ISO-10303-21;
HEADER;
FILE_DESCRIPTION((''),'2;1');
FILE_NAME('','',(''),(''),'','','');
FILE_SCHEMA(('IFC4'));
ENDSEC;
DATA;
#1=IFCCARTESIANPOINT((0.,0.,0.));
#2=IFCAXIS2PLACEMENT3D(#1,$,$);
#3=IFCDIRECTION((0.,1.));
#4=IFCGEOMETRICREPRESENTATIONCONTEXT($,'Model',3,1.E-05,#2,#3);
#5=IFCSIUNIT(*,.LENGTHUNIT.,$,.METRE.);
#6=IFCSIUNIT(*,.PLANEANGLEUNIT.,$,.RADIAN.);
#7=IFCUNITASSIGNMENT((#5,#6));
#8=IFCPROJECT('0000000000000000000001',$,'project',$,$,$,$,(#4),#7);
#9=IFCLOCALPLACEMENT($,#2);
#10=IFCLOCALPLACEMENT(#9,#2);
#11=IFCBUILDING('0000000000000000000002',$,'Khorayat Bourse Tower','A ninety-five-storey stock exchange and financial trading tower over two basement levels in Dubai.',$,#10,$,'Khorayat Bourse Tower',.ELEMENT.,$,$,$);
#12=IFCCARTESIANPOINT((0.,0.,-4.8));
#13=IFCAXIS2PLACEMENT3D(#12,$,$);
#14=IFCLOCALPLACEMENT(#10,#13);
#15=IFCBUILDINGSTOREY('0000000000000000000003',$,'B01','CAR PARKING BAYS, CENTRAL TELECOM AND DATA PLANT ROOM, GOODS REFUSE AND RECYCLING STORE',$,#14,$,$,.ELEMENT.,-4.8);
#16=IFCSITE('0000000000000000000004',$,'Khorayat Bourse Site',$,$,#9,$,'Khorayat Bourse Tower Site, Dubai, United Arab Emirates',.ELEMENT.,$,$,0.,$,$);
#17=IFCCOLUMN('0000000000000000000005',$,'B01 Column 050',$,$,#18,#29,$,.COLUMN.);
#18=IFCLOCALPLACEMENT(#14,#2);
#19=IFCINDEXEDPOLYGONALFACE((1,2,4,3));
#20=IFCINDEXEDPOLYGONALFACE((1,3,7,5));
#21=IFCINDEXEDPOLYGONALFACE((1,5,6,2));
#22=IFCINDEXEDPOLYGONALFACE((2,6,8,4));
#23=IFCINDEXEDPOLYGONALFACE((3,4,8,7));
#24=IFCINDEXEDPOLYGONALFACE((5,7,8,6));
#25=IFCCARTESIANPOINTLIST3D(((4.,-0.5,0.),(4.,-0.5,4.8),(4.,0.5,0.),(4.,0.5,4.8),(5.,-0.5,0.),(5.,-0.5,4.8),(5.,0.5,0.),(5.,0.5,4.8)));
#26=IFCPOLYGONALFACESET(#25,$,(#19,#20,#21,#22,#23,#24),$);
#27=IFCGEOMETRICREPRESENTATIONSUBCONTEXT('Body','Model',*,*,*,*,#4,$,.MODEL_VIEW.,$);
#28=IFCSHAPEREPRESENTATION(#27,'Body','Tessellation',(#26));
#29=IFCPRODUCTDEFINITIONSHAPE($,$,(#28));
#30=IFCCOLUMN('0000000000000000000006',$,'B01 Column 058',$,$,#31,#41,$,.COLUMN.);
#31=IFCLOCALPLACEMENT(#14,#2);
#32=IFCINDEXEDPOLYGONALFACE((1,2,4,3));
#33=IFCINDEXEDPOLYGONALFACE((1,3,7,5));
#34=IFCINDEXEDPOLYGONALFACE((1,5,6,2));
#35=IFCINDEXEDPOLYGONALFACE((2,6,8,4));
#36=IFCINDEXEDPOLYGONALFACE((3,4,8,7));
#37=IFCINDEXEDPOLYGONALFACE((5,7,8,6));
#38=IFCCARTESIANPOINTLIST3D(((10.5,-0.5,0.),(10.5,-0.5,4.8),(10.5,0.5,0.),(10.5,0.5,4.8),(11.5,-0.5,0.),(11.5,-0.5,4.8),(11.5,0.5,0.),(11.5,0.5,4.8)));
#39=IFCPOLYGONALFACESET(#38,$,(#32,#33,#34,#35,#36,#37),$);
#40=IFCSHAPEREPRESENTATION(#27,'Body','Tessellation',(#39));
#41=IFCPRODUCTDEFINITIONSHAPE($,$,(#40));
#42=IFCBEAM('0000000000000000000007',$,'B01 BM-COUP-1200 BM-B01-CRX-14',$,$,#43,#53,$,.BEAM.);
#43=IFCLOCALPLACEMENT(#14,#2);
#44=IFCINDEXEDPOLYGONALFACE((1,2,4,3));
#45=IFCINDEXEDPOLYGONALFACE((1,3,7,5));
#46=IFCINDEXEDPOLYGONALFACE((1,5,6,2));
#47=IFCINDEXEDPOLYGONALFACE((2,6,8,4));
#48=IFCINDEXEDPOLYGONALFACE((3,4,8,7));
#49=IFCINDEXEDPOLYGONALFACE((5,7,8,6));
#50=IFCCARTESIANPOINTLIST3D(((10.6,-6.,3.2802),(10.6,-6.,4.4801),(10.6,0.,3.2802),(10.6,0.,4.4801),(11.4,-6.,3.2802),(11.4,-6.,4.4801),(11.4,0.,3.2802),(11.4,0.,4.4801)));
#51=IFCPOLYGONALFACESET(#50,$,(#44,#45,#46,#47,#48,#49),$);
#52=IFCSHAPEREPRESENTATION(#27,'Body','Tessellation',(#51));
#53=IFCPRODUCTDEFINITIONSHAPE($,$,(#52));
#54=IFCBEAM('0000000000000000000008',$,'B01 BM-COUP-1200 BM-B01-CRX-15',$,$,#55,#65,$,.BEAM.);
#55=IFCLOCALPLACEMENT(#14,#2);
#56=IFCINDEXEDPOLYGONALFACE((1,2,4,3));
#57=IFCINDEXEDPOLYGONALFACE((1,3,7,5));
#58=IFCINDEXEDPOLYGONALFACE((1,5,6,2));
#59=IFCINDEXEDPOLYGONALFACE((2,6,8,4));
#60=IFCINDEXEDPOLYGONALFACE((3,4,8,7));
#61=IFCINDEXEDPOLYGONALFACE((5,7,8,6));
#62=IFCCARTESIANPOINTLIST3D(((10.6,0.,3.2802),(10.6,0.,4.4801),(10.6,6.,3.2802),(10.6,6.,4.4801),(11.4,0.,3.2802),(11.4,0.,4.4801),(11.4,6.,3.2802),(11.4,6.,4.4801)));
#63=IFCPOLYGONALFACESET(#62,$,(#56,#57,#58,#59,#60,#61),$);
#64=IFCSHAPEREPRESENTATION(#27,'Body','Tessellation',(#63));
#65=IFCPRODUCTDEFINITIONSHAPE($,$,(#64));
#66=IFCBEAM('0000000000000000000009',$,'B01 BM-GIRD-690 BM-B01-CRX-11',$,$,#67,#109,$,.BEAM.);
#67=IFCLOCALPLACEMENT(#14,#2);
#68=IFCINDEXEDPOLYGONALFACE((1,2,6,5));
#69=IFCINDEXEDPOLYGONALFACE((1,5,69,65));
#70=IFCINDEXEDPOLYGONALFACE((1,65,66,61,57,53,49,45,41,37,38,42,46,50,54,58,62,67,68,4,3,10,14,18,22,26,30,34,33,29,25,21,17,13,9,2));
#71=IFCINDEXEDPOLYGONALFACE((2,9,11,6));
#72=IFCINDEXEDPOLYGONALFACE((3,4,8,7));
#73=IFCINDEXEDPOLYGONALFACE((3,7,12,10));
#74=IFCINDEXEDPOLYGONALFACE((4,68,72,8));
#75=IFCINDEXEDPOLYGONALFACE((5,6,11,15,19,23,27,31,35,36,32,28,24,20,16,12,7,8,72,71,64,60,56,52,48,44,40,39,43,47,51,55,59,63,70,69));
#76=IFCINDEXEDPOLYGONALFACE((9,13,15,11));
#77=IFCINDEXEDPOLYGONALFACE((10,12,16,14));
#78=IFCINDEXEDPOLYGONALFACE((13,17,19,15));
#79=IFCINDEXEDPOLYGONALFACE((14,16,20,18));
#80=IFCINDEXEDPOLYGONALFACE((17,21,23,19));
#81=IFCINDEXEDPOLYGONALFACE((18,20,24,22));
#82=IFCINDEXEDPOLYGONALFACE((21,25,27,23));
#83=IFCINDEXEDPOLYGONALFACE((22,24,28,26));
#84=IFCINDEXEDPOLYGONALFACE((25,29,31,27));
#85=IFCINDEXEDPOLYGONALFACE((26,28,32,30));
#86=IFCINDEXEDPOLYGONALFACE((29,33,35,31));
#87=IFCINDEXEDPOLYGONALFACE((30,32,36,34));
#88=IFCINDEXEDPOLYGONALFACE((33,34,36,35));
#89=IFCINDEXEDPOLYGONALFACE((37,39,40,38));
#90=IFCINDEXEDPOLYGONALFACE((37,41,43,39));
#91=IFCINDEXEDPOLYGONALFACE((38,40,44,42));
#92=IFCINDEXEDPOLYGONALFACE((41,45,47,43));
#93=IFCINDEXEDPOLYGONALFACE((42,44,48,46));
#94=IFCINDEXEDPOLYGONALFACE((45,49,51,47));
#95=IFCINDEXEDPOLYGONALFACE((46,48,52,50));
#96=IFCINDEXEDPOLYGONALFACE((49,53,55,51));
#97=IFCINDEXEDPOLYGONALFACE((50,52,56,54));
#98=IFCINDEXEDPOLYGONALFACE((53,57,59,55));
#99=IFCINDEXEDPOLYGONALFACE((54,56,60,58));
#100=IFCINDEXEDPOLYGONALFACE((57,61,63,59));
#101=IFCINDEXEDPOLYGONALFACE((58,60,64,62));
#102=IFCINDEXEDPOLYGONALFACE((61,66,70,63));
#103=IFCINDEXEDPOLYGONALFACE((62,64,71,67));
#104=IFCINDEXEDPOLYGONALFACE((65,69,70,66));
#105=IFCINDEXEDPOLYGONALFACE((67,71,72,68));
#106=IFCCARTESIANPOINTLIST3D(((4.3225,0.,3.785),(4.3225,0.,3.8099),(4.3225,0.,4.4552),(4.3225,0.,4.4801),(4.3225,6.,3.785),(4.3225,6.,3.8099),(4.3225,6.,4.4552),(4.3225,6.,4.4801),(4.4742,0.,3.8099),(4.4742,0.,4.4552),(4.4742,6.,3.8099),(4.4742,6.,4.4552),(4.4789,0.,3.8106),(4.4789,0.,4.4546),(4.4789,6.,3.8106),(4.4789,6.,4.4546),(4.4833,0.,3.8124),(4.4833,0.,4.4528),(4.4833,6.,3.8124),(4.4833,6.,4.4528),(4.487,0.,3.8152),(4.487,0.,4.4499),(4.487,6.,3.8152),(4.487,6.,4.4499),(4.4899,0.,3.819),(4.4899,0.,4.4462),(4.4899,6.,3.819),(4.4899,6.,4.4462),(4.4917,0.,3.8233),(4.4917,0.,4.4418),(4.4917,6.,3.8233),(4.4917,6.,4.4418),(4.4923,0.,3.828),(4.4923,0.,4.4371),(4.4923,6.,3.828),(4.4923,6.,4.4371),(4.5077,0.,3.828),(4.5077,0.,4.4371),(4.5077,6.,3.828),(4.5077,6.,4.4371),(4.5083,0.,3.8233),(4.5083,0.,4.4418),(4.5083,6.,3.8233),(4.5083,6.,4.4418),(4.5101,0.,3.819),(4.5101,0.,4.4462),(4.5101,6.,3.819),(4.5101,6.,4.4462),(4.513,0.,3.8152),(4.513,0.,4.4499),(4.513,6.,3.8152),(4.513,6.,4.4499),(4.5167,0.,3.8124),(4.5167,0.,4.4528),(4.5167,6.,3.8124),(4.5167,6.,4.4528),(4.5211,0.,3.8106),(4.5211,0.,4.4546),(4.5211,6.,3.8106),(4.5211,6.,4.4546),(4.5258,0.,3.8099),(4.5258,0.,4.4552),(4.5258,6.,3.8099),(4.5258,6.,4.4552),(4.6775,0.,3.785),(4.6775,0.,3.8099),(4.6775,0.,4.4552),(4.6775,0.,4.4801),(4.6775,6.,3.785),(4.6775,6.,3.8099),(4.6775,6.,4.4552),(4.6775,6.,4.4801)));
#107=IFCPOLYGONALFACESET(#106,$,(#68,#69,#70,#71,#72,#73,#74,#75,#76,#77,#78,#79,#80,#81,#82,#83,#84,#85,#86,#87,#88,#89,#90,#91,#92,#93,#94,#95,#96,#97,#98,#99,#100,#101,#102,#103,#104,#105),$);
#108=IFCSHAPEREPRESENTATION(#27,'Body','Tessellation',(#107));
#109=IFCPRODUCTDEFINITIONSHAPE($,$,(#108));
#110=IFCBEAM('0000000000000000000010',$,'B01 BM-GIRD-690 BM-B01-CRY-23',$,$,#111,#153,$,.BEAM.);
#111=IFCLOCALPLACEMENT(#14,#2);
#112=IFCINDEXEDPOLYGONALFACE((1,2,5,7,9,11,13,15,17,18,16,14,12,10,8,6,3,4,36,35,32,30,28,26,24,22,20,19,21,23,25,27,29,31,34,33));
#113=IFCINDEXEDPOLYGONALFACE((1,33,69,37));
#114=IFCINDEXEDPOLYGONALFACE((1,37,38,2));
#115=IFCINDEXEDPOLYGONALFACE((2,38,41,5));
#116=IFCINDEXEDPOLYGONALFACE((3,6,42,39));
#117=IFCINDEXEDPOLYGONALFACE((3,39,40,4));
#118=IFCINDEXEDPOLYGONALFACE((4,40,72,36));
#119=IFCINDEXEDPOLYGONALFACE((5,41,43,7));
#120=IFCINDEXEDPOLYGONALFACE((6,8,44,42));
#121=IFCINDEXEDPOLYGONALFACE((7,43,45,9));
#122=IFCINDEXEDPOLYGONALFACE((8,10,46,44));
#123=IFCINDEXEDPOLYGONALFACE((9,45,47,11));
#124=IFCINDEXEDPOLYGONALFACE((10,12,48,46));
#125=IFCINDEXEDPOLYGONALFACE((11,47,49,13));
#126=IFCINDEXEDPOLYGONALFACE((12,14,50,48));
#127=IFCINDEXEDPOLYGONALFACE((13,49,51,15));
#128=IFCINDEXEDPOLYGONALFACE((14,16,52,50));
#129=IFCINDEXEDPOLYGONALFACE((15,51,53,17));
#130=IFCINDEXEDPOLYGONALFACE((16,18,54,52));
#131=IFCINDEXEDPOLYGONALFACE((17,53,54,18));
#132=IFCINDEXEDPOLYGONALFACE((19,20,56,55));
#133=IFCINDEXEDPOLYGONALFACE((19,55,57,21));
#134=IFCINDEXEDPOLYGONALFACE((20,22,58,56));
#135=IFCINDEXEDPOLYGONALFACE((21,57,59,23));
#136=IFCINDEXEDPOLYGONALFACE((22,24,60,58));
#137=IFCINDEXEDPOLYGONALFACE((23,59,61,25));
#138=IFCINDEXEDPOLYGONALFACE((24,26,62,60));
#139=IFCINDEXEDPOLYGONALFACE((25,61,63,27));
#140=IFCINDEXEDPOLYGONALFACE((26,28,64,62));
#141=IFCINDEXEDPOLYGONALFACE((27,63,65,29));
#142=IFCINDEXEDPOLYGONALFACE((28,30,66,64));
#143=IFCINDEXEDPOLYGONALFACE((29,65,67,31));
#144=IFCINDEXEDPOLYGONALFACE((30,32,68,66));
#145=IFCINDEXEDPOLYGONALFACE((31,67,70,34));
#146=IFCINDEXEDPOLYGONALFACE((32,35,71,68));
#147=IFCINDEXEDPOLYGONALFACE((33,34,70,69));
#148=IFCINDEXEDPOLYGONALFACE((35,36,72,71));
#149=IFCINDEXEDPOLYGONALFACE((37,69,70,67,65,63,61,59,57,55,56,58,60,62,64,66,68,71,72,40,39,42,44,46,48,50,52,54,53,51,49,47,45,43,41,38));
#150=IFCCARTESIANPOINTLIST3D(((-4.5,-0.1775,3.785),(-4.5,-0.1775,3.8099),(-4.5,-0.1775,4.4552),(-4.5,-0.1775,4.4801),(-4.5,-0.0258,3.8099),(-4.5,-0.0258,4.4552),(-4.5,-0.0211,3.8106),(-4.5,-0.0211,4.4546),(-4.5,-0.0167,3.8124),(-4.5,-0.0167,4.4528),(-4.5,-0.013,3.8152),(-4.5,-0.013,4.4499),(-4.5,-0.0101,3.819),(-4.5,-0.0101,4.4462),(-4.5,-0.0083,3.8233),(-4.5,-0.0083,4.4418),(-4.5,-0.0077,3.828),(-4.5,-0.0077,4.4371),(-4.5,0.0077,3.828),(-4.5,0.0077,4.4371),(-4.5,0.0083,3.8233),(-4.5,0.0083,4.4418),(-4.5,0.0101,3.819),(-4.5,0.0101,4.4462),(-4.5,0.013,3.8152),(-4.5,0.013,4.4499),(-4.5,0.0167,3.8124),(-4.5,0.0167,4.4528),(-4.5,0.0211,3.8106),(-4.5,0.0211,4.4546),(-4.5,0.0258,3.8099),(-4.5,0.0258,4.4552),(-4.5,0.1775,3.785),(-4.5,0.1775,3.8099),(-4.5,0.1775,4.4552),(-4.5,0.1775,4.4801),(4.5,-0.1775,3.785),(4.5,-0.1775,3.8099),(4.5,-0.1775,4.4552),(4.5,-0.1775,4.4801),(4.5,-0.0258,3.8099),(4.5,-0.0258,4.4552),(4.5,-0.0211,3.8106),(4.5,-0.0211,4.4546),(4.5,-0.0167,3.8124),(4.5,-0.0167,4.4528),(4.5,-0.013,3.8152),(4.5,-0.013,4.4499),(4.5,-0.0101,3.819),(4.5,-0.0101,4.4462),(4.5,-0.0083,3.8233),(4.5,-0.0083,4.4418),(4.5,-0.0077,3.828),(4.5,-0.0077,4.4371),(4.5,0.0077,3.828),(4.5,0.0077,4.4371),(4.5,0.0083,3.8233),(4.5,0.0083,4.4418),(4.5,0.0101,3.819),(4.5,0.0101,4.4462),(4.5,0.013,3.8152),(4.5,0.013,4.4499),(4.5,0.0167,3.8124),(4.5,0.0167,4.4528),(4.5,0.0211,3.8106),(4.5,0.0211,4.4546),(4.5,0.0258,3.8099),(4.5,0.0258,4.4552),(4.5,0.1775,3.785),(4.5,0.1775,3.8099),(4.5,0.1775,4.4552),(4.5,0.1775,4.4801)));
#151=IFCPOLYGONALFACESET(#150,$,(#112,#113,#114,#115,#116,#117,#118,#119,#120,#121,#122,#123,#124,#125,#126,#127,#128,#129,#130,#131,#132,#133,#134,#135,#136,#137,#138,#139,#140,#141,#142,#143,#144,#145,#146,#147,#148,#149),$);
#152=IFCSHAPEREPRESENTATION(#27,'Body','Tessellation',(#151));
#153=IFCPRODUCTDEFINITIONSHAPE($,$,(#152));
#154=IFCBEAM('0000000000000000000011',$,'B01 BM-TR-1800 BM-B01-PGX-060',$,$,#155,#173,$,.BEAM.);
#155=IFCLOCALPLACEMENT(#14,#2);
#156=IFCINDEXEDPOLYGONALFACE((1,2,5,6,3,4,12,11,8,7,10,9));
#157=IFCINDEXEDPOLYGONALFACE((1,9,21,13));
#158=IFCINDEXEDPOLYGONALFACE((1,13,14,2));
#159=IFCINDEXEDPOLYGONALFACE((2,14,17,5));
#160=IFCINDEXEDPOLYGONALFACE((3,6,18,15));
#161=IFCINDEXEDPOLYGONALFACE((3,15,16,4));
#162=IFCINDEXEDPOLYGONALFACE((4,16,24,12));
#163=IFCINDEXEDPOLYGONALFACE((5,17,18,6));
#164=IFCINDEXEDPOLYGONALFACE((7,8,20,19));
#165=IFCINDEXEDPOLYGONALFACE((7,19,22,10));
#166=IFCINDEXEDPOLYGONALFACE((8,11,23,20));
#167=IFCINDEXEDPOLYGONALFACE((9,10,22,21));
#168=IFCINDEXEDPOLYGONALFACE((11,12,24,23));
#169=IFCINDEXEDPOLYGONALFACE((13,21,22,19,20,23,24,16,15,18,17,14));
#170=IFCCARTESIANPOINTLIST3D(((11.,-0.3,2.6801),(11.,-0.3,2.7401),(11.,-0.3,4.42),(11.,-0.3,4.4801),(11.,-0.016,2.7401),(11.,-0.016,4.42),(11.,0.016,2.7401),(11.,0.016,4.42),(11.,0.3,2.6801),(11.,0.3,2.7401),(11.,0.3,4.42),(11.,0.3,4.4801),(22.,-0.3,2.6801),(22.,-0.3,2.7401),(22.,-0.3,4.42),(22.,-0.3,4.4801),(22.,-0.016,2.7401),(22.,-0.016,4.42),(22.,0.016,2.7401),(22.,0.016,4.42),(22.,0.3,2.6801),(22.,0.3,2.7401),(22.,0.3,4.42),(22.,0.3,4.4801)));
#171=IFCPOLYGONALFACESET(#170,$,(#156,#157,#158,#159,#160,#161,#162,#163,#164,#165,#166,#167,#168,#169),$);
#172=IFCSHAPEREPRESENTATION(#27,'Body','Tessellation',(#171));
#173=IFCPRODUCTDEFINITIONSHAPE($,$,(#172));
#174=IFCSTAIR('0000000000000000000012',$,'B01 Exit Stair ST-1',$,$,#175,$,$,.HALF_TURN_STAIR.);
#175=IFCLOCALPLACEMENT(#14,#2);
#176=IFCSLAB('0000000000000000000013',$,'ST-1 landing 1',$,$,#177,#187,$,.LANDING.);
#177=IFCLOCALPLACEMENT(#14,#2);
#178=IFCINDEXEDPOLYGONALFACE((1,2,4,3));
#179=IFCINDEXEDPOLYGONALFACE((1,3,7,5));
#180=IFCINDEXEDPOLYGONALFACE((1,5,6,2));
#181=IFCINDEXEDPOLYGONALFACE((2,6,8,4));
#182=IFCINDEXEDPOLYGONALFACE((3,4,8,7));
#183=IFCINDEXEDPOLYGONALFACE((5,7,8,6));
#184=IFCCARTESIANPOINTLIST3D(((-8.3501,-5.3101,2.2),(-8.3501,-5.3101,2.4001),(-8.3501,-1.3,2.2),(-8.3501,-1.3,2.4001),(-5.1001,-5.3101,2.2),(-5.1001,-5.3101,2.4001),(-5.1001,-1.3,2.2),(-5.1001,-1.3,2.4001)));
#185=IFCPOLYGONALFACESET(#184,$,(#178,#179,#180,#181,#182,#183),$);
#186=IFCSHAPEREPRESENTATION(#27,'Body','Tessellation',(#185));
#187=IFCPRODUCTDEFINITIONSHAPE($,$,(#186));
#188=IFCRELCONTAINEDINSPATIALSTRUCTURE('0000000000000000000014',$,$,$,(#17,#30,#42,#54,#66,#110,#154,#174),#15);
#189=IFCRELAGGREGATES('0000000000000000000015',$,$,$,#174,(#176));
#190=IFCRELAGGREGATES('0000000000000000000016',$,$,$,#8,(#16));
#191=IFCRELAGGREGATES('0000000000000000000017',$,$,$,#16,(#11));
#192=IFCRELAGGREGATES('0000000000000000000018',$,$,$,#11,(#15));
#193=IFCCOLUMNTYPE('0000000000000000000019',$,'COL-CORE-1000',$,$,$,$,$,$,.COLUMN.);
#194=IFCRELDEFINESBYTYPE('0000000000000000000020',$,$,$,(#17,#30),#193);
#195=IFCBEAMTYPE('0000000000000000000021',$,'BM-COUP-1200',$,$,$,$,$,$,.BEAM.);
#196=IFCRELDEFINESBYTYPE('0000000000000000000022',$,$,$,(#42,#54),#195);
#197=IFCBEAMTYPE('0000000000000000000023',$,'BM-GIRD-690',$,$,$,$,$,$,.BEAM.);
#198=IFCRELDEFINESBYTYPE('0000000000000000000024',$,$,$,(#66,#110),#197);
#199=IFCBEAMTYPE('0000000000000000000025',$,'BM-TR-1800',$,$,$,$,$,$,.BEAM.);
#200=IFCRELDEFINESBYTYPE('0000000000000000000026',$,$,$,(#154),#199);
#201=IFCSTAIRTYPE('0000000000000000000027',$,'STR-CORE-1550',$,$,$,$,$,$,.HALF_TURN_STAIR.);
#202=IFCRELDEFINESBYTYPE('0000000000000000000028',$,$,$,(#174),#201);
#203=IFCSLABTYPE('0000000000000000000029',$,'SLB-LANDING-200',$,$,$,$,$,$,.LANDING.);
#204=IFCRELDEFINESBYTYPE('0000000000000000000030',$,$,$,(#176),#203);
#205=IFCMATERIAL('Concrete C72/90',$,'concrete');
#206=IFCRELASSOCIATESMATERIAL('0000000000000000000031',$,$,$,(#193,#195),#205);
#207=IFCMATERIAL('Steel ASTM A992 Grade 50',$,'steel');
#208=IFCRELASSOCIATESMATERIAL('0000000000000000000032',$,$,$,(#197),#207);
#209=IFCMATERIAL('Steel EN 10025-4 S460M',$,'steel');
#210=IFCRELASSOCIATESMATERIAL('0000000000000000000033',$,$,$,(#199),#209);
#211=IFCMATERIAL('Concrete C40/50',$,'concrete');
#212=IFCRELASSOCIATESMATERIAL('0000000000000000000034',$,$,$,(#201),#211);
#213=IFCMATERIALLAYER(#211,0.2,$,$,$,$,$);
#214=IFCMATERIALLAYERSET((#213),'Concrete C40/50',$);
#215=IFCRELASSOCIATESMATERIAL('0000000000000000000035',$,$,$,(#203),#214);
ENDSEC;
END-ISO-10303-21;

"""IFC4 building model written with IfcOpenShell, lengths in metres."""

from ifc_helpers import new_model, si_unit, direction, frame, origin, origin_2d, place, context, subcontext, project, spatial, polyline, rectangle, i_section, outline, extrude, source, transform, mapped, material, layer, layer_set, material_profile, profile_set, type_object, element, aggregate, save


model = new_model("IFC4")

# Units and contexts
model_context = context("Model", 3, precision=1e-05, world=origin(), true_north=direction((0.0, 1.0)))
body_context = subcontext(model_context, "Body", "Model", "MODEL_VIEW")
ifc_project = project(units=[si_unit("LENGTHUNIT", "METRE"), si_unit("PLANEANGLEUNIT", "RADIAN")], contexts=[model_context])

# Site, building, storey
site_placement = place(None, origin())
site = spatial("IfcSite", under=ifc_project, at=site_placement, Name="Khorayat Bourse Site", LongName="Khorayat Bourse Tower Site, Dubai, United Arab Emirates", CompositionType="ELEMENT", RefElevation=0.0)
building_placement = place(site_placement, origin())
building = spatial("IfcBuilding", under=site, at=building_placement, Name="Khorayat Bourse Tower", Description="A ninety-five-storey stock exchange and financial trading tower over two basement levels in Dubai.", LongName="Khorayat Bourse Tower", CompositionType="ELEMENT")
storey_placement = place(building_placement, frame((0.0, 0.0, -4.8)))
storey = spatial("IfcBuildingStorey", under=building, at=storey_placement, Name="B01", Description="CAR PARKING BAYS, CENTRAL TELECOM AND DATA PLANT ROOM, GOODS REFUSE AND RECYCLING STORE", CompositionType="ELEMENT", Elevation=-4.8)

# Columns
ifc_material_1 = material(Name="Concrete C72/90", Category="concrete")
ifc_material_profile_1 = material_profile(ifc_material_1, rectangle(XDim=1.0, YDim=1.0, at=origin_2d()), Name="RC 1000x1000")
ifc_profile_set_1 = profile_set([ifc_material_profile_1], Name="Concrete C72/90")
column_type = type_object("IfcColumnType", Name="COL-CORE-1000", PredefinedType="COLUMN", material=ifc_profile_set_1)
shared_shape_1 = source(origin(), body_context, "Body", "SweptSolid", [
    extrude(rectangle(XDim=1.0, YDim=1.0, at=origin_2d()), origin(), (0.0, 0.0, 1.0), 4.8),
])
for number, where, z_axis, x_axis, name in (
    (1, (4.5, 0.0, 0.0), (0.0, 0.0, 1.0), (1.0, 0.0, 0.0), "B01 Column 050"),
    (2, (11.0, 0.0, 0.0), (0.0, 0.0, 1.0), (1.0, 0.0, 0.0), "B01 Column 058"),
):
    element("IfcColumn", number, at=place(storey_placement, frame(where, z_axis=z_axis, x_axis=x_axis)), inside=storey, type_object=column_type, Name=name, PredefinedType="COLUMN", context=body_context, shape_type="MappedRepresentation", body=[
        mapped(shared_shape_1, transform((0.0, 0.0, 0.0), scale=1.0)),
    ])

# Beams
ifc_material_profile_2 = material_profile(ifc_material_1, rectangle(XDim=0.8, YDim=1.2, at=origin_2d()), Name="RC 800x1200")
ifc_profile_set_2 = profile_set([ifc_material_profile_2], Name="Concrete C72/90")
beam_type_1 = type_object("IfcBeamType", Name="BM-COUP-1200", PredefinedType="BEAM", material=ifc_profile_set_2)
shared_shape_2 = source(origin(), body_context, "Body", "SweptSolid", [
    extrude(rectangle(XDim=0.8, YDim=1.2, at=origin_2d()), origin(), (0.0, 0.0, 1.0), 6.0),
])
for number, where, z_axis, x_axis, name in (
    (3, (11.0, -6.0, 3.8801), (0.0, 1.0, 0.0), (-1.0, 0.0, 0.0), "B01 BM-COUP-1200 BM-B01-CRX-14"),
    (4, (11.0, 0.0, 3.8801), (0.0, 1.0, 0.0), (-1.0, 0.0, 0.0), "B01 BM-COUP-1200 BM-B01-CRX-15"),
):
    element("IfcBeam", number, at=place(storey_placement, frame(where, z_axis=z_axis, x_axis=x_axis)), inside=storey, type_object=beam_type_1, Name=name, PredefinedType="BEAM", context=body_context, shape_type="MappedRepresentation", body=[
        mapped(shared_shape_2, transform((0.0, 0.0, 0.0), scale=1.0)),
    ])
ifc_material_2 = material(Name="Steel ASTM A992 Grade 50", Category="steel")
ifc_material_profile_3 = material_profile(ifc_material_2, i_section(OverallWidth=0.355, OverallDepth=0.6951, WebThickness=0.0154, FlangeThickness=0.0249, FilletRadius=0.0181, at=origin_2d()), Name="W690X217")
ifc_profile_set_3 = profile_set([ifc_material_profile_3], Name="Steel ASTM A992 Grade 50")
beam_type_2 = type_object("IfcBeamType", Name="BM-GIRD-690", PredefinedType="BEAM", material=ifc_profile_set_3)
shared_shape_3 = source(origin(), body_context, "Body", "SweptSolid", [
    extrude(i_section(OverallWidth=0.355, OverallDepth=0.6951, WebThickness=0.0154, FlangeThickness=0.0249, FilletRadius=0.0181, at=origin_2d()), origin(), (0.0, 0.0, 1.0), 6.0),
])
beam_1_placement = place(storey_placement, frame((4.5, 0.0, 4.1326), z_axis=(0.0, 1.0, 0.0), x_axis=(-1.0, 0.0, 0.0)))
element("IfcBeam", 5, at=beam_1_placement, inside=storey, type_object=beam_type_2, Name="B01 BM-GIRD-690 BM-B01-CRX-11", PredefinedType="BEAM", context=body_context, shape_type="MappedRepresentation", body=[
    mapped(shared_shape_3, transform((0.0, 0.0, 0.0), scale=1.0)),
])
shared_shape_4 = source(origin(), body_context, "Body", "SweptSolid", [
    extrude(i_section(OverallWidth=0.355, OverallDepth=0.6951, WebThickness=0.0154, FlangeThickness=0.0249, FilletRadius=0.0181, at=origin_2d()), origin(), (0.0, 0.0, 1.0), 9.0),
])
beam_2_placement = place(storey_placement, frame((-4.5, 0.0, 4.1326), z_axis=(1.0, 0.0, 0.0), x_axis=(0.0, 1.0, 0.0)))
element("IfcBeam", 6, at=beam_2_placement, inside=storey, type_object=beam_type_2, Name="B01 BM-GIRD-690 BM-B01-CRY-23", PredefinedType="BEAM", context=body_context, shape_type="MappedRepresentation", body=[
    mapped(shared_shape_4, transform((0.0, 0.0, 0.0), scale=1.0)),
])
ifc_material_3 = material(Name="Steel EN 10025-4 S460M", Category="steel")
ifc_material_profile_4 = material_profile(ifc_material_3, i_section(OverallWidth=0.6001, OverallDepth=1.8, WebThickness=0.032, FlangeThickness=0.0601, at=origin_2d()), Name="PG 1800x600x32x60")
ifc_profile_set_4 = profile_set([ifc_material_profile_4], Name="Steel EN 10025-4 S460M")
beam_type_3 = type_object("IfcBeamType", Name="BM-TR-1800", PredefinedType="BEAM", material=ifc_profile_set_4)
shared_shape_5 = source(origin(), body_context, "Body", "SweptSolid", [
    extrude(i_section(OverallWidth=0.6001, OverallDepth=1.8, WebThickness=0.032, FlangeThickness=0.0601, at=origin_2d()), origin(), (0.0, 0.0, 1.0), 11.0),
])
beam_3_placement = place(storey_placement, frame((11.0, 0.0, 3.5801), z_axis=(1.0, 0.0, 0.0), x_axis=(0.0, 1.0, 0.0)))
element("IfcBeam", 7, at=beam_3_placement, inside=storey, type_object=beam_type_3, Name="B01 BM-TR-1800 BM-B01-PGX-060", PredefinedType="BEAM", context=body_context, shape_type="MappedRepresentation", body=[
    mapped(shared_shape_5, transform((0.0, 0.0, 0.0), scale=1.0)),
])

# Stair, slab
ifc_material_4 = material(Name="Concrete C40/50", Category="concrete")
stair_type_1 = type_object("IfcStairType", Name="STR-CORE-1550", PredefinedType="HALF_TURN_STAIR", material=ifc_material_4)
stair_1_placement = place(storey_placement, origin())
stair_1 = element("IfcStair", 8, at=stair_1_placement, inside=storey, type_object=stair_type_1, Name="B01 Exit Stair ST-1", PredefinedType="HALF_TURN_STAIR")
ifc_layer_1 = layer(ifc_material_4, 0.2)
ifc_layer_set_1 = layer_set([ifc_layer_1], Name="Concrete C40/50")
slab_type_1 = type_object("IfcSlabType", Name="SLB-LANDING-200", PredefinedType="LANDING", material=ifc_layer_set_1)
slab_1_placement = place(storey_placement, frame((0.0, 0.0, 2.2)))
slab_1 = element("IfcSlab", 9, at=slab_1_placement, type_object=slab_type_1, Name="ST-1 landing 1", PredefinedType="LANDING", context=body_context, shape_type="SweptSolid", body=[
    extrude(outline(polyline([(-5.1001, -5.3101), (-5.1001, -1.3), (-8.3501, -1.3), (-8.3501, -5.3101), (-5.1001, -5.3101)])), origin(), (0.0, 0.0, 1.0), 0.2002),
])
aggregate(stair_1, [slab_1])

save(model, "model.ifc")
